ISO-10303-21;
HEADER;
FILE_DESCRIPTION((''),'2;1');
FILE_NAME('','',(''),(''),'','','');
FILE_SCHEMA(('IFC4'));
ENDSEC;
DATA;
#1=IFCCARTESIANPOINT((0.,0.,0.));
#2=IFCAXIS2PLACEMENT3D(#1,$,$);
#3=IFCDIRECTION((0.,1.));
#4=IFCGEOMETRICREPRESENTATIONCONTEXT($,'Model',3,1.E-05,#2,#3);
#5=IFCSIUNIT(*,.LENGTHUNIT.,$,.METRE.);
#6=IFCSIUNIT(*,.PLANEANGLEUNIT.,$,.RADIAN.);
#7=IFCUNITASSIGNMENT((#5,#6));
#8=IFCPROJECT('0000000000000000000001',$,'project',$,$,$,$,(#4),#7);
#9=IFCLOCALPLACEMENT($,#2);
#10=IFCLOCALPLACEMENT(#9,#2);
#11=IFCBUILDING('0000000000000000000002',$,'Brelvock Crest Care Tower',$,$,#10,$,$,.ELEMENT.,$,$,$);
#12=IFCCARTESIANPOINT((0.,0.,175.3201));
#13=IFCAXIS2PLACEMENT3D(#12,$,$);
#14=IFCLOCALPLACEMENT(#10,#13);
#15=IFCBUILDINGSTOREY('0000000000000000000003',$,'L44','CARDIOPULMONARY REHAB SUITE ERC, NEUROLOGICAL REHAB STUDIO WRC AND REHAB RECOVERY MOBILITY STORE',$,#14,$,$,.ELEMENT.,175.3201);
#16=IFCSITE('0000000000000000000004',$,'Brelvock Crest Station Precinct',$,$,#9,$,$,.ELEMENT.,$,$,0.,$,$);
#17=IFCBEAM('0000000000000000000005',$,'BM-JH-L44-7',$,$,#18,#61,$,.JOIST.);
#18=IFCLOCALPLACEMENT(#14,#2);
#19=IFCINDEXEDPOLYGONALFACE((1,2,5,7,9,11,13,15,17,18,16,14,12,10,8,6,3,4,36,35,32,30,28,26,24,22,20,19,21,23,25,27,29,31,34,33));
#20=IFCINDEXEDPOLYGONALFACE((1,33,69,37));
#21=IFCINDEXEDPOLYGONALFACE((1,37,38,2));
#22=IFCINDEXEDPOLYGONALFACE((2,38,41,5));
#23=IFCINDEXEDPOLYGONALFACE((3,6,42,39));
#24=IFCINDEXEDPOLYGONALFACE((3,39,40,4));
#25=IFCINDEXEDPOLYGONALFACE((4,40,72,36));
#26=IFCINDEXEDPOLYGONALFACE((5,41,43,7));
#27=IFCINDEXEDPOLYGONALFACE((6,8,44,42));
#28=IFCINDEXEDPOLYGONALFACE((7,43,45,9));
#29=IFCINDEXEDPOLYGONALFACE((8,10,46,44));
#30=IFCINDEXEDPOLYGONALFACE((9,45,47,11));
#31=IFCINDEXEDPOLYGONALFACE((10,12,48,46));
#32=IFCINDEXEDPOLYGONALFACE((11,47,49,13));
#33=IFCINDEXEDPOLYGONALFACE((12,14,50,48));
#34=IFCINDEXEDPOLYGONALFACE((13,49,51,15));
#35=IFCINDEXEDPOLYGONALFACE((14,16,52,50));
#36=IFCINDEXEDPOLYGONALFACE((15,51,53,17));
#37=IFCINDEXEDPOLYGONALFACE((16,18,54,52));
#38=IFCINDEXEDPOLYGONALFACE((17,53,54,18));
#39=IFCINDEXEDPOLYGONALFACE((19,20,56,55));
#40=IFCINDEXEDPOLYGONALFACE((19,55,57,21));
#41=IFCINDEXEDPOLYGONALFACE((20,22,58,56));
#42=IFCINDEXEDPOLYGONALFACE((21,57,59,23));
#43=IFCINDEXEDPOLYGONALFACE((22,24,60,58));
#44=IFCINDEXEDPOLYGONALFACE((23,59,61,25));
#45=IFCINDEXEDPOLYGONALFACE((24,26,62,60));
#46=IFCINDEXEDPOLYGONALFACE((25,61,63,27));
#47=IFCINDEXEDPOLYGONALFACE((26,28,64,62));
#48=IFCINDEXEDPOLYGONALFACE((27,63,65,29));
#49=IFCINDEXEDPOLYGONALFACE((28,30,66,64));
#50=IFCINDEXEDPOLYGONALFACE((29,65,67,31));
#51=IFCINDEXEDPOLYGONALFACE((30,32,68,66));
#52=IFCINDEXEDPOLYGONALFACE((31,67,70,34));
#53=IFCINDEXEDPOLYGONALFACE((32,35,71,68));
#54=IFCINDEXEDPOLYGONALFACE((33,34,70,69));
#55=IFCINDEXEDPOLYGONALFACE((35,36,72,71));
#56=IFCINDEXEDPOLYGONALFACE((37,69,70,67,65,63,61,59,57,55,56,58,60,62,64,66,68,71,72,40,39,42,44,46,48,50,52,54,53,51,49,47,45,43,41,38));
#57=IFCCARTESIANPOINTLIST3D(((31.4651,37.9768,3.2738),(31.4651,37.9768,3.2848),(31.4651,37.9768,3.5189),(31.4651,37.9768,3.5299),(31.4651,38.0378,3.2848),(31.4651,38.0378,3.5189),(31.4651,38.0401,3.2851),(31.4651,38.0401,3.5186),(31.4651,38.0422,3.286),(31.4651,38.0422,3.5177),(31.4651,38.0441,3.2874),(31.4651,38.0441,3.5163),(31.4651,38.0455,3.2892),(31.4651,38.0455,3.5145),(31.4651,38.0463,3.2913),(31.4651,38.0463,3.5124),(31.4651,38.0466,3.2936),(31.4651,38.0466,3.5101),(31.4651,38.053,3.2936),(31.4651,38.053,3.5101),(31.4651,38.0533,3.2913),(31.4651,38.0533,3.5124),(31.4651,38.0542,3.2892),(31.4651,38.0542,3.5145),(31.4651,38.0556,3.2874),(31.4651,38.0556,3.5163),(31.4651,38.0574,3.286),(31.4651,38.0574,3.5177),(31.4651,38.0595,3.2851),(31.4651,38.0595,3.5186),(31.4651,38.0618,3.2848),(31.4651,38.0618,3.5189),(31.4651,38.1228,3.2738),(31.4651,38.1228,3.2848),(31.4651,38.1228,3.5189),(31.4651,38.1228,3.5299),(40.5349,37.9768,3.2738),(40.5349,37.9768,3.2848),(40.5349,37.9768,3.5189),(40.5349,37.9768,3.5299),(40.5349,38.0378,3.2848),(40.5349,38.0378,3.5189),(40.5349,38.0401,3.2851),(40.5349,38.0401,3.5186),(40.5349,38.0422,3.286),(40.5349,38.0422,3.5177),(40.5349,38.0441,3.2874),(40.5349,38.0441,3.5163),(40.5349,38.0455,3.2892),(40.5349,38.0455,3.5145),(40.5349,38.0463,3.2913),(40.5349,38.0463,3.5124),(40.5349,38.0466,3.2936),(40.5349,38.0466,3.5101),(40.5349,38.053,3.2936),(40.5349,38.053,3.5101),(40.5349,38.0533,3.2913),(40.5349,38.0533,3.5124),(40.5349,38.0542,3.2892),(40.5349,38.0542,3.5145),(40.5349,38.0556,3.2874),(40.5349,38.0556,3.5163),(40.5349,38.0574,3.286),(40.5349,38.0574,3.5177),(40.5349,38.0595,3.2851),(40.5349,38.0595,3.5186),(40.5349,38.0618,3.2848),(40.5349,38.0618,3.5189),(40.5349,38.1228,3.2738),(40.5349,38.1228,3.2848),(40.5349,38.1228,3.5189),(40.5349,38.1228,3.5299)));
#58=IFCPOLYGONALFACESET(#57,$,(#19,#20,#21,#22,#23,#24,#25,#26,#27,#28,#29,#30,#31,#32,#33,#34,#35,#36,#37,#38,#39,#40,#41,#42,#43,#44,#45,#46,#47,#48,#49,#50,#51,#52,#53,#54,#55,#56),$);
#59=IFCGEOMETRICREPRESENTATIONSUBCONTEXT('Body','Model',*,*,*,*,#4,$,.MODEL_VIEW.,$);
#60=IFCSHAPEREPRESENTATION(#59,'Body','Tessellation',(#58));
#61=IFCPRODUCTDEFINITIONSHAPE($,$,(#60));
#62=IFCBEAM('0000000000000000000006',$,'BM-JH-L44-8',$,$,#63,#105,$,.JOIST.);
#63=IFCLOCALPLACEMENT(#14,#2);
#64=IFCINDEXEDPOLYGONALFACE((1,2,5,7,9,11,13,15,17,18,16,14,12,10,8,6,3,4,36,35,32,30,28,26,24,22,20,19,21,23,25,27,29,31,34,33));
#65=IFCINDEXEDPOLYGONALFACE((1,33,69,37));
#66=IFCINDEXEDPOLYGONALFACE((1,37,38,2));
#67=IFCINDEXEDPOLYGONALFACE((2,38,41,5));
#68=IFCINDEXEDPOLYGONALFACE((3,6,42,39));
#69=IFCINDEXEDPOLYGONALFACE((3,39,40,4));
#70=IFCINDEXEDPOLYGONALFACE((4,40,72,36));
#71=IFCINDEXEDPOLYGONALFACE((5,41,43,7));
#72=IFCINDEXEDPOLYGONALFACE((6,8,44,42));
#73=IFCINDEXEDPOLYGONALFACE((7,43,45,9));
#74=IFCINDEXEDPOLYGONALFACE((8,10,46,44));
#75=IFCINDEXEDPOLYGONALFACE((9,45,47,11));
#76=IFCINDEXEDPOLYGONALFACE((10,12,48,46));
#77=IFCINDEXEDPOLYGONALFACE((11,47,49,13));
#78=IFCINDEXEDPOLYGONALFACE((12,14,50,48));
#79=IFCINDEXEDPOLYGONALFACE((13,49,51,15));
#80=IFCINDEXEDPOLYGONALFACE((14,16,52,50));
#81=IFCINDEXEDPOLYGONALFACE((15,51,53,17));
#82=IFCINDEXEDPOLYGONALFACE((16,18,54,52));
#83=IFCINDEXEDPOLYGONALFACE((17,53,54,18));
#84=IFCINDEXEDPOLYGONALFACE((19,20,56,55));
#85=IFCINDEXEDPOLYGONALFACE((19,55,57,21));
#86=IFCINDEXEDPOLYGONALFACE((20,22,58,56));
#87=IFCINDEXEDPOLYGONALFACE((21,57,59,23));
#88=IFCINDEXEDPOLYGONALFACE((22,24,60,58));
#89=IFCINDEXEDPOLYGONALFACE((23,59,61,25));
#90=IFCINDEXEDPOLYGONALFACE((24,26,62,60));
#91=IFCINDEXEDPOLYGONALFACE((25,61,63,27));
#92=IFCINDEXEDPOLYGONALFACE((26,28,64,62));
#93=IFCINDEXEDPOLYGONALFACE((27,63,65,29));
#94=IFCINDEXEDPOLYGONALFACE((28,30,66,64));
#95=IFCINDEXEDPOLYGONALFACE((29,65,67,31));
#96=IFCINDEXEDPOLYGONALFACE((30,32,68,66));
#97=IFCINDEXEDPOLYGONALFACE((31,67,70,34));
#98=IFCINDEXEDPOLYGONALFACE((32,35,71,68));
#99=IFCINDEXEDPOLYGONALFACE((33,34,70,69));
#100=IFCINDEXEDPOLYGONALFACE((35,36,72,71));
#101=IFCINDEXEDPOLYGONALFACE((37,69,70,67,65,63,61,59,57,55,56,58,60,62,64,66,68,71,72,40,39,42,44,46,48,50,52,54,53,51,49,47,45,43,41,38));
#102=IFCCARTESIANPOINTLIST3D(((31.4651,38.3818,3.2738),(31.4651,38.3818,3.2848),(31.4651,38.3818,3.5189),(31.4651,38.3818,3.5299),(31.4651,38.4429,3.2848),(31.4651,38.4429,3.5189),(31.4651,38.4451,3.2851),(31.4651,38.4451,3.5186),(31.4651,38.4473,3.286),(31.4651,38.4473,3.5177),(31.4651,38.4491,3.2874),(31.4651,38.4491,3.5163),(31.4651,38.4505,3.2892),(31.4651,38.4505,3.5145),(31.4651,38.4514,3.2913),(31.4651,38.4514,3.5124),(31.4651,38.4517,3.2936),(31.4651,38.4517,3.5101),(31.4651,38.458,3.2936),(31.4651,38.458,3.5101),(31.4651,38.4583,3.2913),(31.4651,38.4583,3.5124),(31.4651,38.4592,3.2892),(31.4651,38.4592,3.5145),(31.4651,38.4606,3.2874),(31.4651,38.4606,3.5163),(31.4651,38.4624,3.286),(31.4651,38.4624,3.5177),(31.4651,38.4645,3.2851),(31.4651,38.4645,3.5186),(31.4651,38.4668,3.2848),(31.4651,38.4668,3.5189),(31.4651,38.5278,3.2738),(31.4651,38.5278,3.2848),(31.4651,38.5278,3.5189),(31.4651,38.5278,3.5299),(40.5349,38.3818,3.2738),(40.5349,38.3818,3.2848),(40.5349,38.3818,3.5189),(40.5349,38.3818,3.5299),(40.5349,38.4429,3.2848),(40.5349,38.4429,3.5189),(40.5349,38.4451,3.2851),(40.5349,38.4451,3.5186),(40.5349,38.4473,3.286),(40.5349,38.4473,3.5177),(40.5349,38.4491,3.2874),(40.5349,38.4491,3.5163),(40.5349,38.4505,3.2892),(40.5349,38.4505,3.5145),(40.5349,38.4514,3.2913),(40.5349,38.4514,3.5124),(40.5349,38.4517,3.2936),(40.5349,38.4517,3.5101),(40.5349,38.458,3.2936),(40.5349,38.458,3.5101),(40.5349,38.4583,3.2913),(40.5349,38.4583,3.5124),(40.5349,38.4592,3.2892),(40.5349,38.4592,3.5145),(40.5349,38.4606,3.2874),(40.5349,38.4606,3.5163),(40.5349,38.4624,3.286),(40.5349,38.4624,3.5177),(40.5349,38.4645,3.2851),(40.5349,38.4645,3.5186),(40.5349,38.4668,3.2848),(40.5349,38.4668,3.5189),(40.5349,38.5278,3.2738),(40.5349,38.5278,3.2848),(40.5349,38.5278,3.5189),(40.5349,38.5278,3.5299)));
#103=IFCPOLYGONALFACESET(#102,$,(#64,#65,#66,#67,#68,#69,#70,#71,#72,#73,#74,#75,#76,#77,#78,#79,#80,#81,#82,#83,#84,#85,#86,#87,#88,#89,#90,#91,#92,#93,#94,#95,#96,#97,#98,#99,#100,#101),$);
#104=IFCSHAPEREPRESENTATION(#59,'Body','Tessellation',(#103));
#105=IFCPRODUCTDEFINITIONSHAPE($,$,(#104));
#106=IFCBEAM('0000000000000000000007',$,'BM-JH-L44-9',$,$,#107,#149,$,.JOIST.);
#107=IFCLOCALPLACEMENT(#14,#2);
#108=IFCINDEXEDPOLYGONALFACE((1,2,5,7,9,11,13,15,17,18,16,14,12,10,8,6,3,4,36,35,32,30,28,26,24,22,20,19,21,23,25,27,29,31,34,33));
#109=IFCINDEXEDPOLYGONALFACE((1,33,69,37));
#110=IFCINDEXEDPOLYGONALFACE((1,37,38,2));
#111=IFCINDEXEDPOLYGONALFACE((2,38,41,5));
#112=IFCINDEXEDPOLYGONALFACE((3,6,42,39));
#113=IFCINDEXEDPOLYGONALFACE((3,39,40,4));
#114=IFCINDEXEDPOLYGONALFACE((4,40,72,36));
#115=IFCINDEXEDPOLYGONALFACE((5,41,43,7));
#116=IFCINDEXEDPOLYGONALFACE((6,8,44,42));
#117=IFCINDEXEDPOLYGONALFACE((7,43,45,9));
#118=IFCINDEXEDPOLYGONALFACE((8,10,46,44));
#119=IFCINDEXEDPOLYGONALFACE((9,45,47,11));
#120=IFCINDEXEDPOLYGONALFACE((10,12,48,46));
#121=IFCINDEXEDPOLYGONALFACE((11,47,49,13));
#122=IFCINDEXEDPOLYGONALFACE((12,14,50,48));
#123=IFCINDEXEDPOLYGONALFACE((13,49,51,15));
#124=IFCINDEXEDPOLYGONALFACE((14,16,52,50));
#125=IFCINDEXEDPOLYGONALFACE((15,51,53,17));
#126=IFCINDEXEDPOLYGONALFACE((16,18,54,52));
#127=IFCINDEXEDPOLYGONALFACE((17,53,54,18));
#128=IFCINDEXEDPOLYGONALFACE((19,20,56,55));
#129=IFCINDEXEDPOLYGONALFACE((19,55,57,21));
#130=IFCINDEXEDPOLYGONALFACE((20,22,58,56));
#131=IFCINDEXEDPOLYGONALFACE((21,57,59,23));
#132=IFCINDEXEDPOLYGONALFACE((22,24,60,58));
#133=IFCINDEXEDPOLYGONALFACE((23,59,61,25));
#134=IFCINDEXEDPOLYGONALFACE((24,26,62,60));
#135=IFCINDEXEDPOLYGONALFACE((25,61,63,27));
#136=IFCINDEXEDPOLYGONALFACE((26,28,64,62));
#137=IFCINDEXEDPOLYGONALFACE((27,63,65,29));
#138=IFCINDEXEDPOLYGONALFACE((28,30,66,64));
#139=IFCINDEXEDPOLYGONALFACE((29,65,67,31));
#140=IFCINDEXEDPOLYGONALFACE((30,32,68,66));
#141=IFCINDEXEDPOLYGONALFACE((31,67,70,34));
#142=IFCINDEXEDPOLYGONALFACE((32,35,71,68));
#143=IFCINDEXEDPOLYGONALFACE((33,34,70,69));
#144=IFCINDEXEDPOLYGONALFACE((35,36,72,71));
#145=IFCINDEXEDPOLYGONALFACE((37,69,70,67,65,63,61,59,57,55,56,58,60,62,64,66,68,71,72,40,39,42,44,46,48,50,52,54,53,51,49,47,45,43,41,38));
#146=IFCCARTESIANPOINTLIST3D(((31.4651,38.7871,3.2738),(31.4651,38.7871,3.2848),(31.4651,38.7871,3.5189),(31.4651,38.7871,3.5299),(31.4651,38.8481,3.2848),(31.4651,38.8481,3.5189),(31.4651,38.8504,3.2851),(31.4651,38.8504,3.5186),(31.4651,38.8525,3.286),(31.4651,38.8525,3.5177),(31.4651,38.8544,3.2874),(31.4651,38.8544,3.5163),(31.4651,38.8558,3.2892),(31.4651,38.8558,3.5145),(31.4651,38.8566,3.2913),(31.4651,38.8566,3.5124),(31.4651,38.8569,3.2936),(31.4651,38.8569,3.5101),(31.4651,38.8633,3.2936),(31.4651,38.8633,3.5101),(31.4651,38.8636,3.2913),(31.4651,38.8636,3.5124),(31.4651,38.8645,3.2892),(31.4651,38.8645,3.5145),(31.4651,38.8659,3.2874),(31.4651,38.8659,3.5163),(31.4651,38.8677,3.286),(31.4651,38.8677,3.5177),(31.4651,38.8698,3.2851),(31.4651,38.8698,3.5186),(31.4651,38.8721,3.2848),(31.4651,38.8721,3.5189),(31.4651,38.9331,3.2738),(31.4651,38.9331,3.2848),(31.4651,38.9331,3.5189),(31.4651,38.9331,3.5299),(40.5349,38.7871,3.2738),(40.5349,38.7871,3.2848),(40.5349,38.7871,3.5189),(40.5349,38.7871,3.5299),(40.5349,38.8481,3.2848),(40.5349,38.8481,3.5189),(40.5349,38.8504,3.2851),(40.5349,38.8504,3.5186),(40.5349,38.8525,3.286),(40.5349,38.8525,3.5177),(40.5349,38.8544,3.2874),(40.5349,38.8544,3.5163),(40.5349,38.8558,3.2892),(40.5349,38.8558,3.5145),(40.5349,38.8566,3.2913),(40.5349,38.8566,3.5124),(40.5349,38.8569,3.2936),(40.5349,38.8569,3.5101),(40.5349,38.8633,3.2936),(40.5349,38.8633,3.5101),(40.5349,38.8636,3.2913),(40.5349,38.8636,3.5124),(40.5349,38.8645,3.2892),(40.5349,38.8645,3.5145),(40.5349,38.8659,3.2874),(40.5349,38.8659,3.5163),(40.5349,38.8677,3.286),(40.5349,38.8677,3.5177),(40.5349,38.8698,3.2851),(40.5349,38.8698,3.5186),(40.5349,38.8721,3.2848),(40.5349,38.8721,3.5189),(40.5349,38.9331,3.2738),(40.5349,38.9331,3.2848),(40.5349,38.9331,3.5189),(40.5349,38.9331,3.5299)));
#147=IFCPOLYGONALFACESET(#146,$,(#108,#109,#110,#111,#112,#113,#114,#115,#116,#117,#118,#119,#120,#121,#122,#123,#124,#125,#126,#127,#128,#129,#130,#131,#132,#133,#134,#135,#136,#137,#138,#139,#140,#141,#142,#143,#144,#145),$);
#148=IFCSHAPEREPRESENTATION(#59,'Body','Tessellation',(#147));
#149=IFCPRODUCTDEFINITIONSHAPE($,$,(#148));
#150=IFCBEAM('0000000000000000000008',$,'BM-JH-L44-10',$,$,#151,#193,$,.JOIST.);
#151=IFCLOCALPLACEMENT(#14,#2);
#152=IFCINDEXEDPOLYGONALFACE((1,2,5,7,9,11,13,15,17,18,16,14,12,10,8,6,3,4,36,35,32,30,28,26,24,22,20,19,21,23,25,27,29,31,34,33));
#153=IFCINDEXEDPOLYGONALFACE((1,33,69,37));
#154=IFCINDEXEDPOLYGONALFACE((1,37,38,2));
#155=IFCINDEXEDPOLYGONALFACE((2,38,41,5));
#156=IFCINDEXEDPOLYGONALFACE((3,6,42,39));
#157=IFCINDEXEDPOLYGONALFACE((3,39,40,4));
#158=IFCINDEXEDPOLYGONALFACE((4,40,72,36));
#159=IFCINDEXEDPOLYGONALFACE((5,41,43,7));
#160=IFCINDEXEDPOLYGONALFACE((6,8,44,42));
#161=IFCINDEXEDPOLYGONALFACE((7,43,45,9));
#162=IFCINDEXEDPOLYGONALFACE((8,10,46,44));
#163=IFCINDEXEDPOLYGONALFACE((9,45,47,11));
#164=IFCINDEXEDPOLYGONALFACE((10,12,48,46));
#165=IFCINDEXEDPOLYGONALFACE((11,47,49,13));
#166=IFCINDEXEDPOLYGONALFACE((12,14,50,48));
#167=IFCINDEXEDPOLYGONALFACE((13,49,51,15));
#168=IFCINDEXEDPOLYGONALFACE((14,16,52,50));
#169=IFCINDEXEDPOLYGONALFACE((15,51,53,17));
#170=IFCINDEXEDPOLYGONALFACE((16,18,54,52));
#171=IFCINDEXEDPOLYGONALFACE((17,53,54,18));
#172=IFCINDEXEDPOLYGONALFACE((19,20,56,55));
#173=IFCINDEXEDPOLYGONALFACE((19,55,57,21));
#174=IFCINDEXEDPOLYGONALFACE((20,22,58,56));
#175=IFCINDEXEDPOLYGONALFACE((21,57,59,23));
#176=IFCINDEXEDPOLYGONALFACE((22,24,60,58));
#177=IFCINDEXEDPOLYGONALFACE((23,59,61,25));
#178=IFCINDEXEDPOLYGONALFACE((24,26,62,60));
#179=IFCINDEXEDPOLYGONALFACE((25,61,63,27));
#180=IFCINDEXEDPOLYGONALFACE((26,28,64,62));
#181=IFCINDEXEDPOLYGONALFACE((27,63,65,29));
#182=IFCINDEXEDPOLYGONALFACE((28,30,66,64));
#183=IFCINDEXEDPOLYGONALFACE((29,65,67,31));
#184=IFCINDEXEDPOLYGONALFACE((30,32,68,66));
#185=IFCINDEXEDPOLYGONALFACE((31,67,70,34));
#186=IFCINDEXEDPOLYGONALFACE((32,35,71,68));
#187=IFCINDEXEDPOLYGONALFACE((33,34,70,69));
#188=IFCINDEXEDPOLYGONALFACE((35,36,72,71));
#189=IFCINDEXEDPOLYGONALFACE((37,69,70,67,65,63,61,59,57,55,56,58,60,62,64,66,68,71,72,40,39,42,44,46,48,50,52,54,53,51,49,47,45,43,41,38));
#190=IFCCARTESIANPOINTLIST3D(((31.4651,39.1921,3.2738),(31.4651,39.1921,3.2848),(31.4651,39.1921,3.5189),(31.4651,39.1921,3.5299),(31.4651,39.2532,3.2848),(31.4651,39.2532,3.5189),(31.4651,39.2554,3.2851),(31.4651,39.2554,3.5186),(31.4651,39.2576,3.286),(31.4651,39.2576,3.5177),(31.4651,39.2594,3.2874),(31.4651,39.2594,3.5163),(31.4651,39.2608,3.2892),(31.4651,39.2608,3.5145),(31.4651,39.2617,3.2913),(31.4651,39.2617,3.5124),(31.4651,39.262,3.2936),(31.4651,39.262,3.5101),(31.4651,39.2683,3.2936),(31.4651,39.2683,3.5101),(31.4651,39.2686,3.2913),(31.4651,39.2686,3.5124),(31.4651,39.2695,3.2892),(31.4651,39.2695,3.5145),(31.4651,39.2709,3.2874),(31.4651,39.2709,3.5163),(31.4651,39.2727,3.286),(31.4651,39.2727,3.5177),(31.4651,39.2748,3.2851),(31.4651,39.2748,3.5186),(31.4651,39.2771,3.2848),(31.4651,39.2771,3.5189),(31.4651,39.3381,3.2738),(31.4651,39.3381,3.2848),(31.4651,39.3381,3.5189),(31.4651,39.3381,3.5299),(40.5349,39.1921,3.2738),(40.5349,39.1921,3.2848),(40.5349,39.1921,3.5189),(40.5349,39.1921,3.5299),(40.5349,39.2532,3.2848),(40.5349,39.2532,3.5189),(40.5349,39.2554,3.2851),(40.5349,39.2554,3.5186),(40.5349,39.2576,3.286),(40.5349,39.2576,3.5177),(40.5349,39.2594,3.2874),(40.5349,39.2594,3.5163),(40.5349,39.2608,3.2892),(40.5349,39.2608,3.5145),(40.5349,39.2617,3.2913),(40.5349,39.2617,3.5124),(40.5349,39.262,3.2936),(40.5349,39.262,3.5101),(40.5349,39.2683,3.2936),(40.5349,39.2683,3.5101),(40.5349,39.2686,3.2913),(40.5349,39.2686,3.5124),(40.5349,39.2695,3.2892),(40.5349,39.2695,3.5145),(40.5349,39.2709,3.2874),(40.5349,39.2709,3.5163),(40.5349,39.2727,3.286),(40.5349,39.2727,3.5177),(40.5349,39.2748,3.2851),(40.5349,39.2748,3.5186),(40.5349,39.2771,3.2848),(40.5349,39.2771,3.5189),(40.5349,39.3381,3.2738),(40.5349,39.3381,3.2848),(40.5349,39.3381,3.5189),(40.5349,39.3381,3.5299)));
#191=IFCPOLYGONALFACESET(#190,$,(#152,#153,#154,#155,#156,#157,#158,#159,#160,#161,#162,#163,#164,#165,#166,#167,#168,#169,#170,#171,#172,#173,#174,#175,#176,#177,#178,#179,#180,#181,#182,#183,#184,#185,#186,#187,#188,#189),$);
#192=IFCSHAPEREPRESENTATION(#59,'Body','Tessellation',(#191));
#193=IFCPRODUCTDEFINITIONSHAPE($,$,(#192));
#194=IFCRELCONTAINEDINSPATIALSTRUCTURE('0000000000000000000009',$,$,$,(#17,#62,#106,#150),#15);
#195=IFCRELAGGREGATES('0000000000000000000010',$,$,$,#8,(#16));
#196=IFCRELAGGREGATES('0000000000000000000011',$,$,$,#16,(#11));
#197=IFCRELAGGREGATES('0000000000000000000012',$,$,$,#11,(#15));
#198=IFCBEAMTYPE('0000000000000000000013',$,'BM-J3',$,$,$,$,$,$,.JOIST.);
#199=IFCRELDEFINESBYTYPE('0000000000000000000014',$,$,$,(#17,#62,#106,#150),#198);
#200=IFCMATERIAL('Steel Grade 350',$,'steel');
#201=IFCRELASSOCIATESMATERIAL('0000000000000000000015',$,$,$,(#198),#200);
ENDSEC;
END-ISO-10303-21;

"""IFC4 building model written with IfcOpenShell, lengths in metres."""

from ifc_helpers import new_model, si_unit, direction, frame, origin, origin_2d, place, context, subcontext, project, spatial, i_section, extrude, source, transform, mapped, material, material_profile, profile_set, type_object, element, save


model = new_model("IFC4")

# Units and contexts
model_context = context("Model", 3, precision=1e-05, world=origin(), true_north=direction((0.0, 1.0)))
body_context = subcontext(model_context, "Body", "Model", "MODEL_VIEW")
ifc_project = project(units=[si_unit("LENGTHUNIT", "METRE"), si_unit("PLANEANGLEUNIT", "RADIAN")], contexts=[model_context])

# Site, building, storey
site_placement = place(None, origin())
site = spatial("IfcSite", under=ifc_project, at=site_placement, Name="Brelvock Crest Station Precinct", CompositionType="ELEMENT", RefElevation=0.0)
building_placement = place(site_placement, origin())
building = spatial("IfcBuilding", under=site, at=building_placement, Name="Brelvock Crest Care Tower", CompositionType="ELEMENT")
storey_placement = place(building_placement, frame((0.0, 0.0, 175.3201)))
storey = spatial("IfcBuildingStorey", under=building, at=storey_placement, Name="L44", Description="CARDIOPULMONARY REHAB SUITE ERC, NEUROLOGICAL REHAB STUDIO WRC AND REHAB RECOVERY MOBILITY STORE", CompositionType="ELEMENT", Elevation=175.3201)

# Beams
ifc_material_1 = material(Name="Steel Grade 350", Category="steel")
ifc_material_profile_1 = material_profile(ifc_material_1, i_section(OverallWidth=0.146, OverallDepth=0.2561, WebThickness=0.0063, FlangeThickness=0.011, FilletRadius=0.0088, at=origin_2d()), Name="250UB37.3")
ifc_profile_set_1 = profile_set([ifc_material_profile_1], Name="Steel Grade 350")
beam_type_1 = type_object("IfcBeamType", Name="BM-J3", PredefinedType="JOIST", material=ifc_profile_set_1)
shared_shape_1 = source(origin(), body_context, "Body", "SweptSolid", [
    extrude(i_section(OverallWidth=0.146, OverallDepth=0.2561, WebThickness=0.0063, FlangeThickness=0.011, FilletRadius=0.0088, at=origin_2d()), origin(), (0.0, 0.0, 1.0), 9.0698),
])
for number, where, z_axis, x_axis, name in (
    (1, (31.4651, 38.0498, 3.4019), (1.0, 0.0, 0.0), (0.0, 1.0, 0.0), "BM-JH-L44-7"),
    (2, (31.4651, 38.4548, 3.4019), (1.0, 0.0, 0.0), (0.0, 1.0, 0.0), "BM-JH-L44-8"),
    (3, (31.4651, 38.8601, 3.4019), (1.0, 0.0, 0.0), (0.0, 1.0, 0.0), "BM-JH-L44-9"),
    (4, (31.4651, 39.2651, 3.4019), (1.0, 0.0, 0.0), (0.0, 1.0, 0.0), "BM-JH-L44-10"),
):
    element("IfcBeam", number, at=place(storey_placement, frame(where, z_axis=z_axis, x_axis=x_axis)), inside=storey, type_object=beam_type_1, Name=name, PredefinedType="JOIST", context=body_context, shape_type="MappedRepresentation", body=[
        mapped(shared_shape_1, transform((0.0, 0.0, 0.0), x_axis=(1.0, 0.0, 0.0), y_axis=(0.0, 1.0, 0.0), z_axis=(0.0, 0.0, 1.0), scale=1.0)),
    ])

save(model, "model.ifc")
